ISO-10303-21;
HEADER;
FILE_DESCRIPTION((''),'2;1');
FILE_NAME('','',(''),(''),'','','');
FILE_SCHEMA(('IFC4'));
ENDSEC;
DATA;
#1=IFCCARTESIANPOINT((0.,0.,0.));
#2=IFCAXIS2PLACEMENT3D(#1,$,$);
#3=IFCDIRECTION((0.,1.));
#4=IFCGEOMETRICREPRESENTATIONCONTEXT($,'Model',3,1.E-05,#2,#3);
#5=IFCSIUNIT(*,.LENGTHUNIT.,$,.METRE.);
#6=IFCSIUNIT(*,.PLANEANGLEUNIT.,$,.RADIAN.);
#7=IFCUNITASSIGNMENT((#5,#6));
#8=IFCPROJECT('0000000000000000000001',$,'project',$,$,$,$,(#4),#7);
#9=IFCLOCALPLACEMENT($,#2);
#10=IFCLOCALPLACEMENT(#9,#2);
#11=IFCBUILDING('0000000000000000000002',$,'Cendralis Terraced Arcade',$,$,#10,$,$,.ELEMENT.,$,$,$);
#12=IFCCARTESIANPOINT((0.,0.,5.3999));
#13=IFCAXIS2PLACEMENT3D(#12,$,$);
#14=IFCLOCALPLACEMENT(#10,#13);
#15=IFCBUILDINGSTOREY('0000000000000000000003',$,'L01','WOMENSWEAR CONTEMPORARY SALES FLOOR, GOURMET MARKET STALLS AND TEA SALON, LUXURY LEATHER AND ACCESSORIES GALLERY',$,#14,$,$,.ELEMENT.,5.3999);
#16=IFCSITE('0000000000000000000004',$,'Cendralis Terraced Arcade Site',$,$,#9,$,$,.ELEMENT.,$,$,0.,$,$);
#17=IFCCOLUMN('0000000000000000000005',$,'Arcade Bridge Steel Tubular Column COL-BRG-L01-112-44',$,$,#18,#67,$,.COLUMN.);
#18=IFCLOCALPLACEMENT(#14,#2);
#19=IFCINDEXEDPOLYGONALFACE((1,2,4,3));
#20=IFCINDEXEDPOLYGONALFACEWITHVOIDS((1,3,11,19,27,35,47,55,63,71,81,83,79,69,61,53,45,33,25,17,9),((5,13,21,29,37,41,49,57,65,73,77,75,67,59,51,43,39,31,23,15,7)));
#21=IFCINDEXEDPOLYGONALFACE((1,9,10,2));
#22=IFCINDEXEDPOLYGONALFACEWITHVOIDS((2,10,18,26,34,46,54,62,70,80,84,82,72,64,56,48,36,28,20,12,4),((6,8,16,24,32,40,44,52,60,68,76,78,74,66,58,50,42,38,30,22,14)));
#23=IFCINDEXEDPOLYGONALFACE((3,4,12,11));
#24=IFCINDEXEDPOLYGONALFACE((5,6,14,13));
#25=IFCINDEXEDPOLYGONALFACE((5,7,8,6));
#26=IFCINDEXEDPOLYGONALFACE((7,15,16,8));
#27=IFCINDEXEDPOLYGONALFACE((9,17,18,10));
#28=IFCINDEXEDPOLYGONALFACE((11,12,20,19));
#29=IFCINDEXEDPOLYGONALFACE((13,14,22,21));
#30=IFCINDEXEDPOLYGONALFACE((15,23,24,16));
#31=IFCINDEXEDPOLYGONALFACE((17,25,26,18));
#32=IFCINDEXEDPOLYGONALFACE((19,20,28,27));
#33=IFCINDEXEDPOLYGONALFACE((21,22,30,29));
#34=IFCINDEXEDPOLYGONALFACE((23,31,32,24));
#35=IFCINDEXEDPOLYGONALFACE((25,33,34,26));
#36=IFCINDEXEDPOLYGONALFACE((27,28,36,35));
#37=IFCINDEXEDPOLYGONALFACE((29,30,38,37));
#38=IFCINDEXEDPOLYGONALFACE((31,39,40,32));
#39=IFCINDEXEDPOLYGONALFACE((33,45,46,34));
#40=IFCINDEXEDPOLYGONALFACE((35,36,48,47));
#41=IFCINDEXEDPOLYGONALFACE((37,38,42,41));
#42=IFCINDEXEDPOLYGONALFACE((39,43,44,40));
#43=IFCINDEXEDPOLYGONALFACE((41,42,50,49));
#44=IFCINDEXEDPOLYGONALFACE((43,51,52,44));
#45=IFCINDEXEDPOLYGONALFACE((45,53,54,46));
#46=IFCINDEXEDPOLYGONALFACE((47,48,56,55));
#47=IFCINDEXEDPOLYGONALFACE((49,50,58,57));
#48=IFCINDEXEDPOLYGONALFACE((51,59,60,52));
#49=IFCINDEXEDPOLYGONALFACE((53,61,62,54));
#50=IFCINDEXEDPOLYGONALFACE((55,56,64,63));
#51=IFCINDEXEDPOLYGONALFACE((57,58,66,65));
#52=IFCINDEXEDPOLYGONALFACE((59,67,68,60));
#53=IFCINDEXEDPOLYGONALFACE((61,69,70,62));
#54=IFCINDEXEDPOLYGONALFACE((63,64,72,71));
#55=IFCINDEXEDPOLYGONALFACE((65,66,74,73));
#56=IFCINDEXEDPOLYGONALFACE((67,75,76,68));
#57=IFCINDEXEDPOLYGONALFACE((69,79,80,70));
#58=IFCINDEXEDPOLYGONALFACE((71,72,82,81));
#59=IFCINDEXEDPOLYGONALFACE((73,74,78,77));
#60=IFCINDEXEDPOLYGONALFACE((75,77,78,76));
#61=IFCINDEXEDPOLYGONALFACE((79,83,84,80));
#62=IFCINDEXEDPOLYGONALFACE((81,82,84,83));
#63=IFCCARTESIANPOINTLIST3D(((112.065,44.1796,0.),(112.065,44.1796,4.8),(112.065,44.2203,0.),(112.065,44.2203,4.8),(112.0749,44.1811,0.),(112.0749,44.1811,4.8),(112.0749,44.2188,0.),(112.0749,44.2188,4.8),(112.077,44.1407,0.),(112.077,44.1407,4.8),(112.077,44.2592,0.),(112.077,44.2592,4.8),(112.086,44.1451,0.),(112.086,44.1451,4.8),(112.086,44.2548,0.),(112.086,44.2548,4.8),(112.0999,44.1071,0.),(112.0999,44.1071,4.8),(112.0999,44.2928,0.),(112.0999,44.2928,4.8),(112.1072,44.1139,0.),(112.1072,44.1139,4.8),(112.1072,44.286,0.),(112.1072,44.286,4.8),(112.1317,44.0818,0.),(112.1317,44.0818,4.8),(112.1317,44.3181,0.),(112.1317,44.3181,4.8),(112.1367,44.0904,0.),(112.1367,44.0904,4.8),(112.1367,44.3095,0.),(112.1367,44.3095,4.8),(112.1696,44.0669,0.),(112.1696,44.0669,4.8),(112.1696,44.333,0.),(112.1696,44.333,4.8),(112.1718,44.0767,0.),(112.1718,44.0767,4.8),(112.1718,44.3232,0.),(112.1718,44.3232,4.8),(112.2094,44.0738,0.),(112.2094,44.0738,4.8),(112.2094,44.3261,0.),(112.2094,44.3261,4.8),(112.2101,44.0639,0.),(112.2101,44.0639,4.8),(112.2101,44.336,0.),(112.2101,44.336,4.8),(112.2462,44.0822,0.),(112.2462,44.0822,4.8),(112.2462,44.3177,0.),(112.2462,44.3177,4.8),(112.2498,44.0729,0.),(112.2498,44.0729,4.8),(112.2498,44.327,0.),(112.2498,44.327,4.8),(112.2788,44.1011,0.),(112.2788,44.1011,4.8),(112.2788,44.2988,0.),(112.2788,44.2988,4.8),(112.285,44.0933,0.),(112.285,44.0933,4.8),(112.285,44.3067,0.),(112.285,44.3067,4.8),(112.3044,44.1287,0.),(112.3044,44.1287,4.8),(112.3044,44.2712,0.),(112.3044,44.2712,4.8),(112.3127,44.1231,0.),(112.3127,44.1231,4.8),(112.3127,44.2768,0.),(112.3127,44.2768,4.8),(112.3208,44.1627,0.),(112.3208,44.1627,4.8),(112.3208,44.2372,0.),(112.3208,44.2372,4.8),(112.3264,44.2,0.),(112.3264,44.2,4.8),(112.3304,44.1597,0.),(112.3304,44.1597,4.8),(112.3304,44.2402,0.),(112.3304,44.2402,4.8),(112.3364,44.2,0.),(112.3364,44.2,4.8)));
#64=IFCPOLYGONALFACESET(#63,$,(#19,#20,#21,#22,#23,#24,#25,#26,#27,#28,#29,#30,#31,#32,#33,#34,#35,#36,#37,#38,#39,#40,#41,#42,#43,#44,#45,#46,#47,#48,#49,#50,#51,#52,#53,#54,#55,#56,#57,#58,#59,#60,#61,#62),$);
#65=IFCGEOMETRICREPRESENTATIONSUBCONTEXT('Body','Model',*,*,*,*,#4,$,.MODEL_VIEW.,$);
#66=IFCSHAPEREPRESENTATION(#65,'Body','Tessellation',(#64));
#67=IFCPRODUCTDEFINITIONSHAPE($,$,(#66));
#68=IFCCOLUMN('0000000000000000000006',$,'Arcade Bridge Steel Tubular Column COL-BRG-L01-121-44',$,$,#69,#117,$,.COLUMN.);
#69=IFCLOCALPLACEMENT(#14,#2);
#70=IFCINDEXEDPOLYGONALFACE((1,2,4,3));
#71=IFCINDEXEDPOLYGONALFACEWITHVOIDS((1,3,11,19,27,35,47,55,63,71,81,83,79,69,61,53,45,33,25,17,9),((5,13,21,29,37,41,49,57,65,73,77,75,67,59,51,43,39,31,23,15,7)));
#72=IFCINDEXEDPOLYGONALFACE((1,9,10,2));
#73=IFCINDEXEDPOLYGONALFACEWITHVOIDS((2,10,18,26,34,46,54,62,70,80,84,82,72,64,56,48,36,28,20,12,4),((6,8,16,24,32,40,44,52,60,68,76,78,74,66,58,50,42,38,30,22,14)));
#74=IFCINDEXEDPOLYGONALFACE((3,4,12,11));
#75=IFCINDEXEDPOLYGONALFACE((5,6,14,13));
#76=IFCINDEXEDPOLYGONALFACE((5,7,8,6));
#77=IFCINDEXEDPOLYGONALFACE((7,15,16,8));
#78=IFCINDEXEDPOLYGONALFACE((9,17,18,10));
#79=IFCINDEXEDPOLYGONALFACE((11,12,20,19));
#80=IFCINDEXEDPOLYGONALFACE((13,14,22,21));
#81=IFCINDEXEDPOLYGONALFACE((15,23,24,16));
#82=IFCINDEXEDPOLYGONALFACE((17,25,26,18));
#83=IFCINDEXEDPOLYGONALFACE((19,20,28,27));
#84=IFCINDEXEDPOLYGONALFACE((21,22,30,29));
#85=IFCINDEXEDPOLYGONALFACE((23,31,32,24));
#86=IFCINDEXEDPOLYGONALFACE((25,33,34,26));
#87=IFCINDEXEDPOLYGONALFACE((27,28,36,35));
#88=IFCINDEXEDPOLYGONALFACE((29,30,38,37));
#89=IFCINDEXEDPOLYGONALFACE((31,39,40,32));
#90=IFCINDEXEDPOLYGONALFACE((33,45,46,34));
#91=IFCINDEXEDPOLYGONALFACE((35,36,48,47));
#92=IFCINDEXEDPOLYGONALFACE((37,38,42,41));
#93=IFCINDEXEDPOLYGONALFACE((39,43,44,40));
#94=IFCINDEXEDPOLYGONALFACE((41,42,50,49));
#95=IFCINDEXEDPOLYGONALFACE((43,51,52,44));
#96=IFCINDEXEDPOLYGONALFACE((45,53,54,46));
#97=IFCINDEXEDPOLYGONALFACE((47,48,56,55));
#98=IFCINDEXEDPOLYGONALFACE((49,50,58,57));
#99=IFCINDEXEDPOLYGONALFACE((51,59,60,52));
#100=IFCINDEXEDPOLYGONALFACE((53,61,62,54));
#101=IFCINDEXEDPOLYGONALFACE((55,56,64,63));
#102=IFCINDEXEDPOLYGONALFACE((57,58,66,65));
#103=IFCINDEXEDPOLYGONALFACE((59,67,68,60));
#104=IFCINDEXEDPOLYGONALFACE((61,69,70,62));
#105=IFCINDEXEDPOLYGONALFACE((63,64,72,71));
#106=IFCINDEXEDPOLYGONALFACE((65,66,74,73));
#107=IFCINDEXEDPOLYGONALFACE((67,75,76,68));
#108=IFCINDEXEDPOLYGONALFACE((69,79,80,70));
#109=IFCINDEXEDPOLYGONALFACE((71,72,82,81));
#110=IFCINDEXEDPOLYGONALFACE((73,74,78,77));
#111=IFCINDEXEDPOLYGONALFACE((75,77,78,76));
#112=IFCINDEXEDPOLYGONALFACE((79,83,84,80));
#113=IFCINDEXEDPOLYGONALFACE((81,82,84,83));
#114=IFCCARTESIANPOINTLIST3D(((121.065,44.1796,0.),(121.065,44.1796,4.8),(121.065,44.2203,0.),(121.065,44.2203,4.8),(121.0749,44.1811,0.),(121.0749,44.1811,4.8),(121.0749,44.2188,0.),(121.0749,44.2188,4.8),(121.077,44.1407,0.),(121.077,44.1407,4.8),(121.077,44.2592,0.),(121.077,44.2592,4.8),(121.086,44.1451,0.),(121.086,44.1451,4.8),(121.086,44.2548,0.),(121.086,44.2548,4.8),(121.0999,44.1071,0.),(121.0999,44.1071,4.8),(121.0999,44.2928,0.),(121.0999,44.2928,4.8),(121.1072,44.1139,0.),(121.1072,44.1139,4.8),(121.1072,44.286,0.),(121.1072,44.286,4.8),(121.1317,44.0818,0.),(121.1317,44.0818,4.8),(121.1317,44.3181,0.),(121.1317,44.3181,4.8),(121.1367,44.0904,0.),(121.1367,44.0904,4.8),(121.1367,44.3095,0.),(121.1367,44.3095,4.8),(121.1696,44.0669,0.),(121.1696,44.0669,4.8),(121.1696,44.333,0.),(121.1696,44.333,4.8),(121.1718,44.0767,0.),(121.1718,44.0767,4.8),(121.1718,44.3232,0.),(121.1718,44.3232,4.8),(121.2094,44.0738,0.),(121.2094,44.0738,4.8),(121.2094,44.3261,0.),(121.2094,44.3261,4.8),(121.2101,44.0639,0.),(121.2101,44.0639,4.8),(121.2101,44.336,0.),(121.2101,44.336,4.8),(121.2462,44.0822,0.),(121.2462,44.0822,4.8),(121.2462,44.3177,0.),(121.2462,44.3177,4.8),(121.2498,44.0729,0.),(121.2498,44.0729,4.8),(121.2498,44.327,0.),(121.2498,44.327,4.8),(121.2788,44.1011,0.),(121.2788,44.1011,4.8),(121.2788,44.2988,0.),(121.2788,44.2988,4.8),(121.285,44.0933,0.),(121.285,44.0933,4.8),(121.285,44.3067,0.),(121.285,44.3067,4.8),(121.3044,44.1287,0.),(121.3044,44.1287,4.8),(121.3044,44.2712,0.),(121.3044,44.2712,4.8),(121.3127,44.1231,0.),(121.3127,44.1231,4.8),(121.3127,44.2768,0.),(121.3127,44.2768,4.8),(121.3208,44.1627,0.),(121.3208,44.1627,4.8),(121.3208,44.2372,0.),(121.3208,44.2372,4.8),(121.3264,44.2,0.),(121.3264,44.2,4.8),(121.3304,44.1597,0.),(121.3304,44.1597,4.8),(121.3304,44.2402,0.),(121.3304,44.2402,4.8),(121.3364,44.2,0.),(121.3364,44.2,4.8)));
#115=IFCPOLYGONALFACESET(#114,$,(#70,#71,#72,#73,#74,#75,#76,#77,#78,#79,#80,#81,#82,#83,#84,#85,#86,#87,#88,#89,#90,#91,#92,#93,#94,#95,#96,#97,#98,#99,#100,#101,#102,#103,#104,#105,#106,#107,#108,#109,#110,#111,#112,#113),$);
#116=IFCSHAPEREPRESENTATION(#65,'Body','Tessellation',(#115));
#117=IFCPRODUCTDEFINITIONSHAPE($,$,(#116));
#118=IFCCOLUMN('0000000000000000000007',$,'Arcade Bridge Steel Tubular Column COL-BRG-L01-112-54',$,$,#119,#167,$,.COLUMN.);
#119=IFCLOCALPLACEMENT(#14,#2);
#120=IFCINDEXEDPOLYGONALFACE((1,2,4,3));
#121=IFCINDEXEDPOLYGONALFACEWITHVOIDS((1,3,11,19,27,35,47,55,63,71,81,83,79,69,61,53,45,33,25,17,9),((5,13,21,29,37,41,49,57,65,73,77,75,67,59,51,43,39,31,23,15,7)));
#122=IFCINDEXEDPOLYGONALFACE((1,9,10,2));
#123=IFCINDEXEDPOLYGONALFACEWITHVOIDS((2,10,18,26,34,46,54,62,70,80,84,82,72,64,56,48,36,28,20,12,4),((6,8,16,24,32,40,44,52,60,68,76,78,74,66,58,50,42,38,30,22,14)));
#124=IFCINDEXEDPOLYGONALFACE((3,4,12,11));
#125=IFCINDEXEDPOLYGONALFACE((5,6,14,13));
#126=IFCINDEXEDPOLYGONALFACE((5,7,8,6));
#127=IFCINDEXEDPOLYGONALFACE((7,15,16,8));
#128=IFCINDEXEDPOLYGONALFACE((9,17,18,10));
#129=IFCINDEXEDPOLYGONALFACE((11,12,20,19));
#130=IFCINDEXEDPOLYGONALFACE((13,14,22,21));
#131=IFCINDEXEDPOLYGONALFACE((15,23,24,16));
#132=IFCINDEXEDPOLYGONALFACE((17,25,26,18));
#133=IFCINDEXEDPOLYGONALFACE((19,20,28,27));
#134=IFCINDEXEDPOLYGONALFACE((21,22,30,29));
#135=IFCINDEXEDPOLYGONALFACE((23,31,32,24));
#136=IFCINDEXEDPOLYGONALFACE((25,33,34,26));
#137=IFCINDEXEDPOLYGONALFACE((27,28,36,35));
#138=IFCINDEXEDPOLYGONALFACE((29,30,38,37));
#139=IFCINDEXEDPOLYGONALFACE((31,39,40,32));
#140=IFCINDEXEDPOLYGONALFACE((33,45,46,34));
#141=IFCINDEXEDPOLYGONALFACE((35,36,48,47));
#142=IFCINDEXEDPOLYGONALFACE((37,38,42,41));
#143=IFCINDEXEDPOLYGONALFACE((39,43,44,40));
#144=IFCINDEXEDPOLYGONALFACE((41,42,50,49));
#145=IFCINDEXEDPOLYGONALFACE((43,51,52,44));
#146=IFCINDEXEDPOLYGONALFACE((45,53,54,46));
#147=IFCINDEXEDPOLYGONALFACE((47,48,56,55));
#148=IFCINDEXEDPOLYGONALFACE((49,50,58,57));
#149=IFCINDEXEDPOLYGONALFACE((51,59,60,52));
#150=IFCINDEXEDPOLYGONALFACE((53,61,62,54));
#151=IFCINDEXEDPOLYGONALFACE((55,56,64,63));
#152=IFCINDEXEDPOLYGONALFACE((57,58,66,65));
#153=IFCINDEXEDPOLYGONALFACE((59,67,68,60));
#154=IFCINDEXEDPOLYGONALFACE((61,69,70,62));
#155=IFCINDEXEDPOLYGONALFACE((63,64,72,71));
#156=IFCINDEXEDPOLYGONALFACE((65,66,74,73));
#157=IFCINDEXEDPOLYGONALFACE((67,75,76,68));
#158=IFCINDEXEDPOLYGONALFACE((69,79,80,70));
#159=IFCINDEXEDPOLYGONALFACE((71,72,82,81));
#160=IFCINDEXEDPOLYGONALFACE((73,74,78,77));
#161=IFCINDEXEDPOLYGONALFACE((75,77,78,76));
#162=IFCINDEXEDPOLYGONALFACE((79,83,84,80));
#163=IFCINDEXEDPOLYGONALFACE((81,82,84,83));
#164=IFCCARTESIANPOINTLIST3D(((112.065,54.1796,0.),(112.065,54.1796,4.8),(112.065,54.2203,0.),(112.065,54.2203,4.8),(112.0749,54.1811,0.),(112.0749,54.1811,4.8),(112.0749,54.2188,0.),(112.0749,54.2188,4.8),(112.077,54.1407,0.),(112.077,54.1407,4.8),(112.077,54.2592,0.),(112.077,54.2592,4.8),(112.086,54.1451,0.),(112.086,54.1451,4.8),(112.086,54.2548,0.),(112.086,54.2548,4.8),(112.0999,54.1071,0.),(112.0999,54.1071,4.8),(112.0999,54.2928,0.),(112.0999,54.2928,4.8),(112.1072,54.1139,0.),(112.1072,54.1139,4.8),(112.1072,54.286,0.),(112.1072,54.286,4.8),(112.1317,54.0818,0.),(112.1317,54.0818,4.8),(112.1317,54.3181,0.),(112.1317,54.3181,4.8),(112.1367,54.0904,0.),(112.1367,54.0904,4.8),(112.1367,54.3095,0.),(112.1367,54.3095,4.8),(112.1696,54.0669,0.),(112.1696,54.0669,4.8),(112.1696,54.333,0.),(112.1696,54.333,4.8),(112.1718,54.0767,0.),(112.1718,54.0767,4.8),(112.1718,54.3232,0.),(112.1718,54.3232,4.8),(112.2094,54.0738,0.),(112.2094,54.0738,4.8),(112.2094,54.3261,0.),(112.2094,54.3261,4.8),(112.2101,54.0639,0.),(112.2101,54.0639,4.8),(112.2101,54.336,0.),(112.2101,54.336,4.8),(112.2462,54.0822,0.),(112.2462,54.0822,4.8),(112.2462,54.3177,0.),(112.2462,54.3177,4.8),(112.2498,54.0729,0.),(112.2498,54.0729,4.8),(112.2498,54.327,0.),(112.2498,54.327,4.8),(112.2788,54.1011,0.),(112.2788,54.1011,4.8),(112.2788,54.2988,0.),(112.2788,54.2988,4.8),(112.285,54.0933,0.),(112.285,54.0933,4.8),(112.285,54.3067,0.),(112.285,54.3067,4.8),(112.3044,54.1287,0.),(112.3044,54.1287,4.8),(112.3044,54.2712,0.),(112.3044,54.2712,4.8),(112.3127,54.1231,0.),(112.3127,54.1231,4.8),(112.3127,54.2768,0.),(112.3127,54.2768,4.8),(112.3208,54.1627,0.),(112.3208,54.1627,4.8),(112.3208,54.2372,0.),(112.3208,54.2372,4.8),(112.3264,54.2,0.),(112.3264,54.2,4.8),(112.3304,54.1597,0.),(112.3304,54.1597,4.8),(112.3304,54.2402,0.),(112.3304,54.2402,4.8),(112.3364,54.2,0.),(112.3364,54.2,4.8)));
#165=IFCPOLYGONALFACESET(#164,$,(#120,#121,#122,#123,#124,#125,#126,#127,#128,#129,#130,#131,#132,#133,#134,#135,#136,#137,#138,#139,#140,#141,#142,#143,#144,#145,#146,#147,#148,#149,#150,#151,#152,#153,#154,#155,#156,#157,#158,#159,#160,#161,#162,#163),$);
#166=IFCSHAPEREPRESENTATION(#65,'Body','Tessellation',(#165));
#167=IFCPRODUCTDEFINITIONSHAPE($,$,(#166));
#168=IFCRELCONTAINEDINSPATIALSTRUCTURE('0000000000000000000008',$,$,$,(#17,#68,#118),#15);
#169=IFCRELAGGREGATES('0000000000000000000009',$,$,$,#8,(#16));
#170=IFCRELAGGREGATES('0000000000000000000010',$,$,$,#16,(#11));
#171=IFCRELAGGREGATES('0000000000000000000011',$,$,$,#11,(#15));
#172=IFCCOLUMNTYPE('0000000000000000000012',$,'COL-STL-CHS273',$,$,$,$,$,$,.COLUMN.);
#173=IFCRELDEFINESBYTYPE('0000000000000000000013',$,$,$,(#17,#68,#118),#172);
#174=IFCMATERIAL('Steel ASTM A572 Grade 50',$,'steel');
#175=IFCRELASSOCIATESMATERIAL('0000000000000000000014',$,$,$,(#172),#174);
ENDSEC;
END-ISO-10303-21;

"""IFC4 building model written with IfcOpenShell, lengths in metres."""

from ifc_helpers import new_model, si_unit, direction, frame, origin, origin_2d, place, context, subcontext, project, spatial, hollow_circle, extrude, material, material_profile, profile_set, type_object, element, save


model = new_model("IFC4")

# Units and contexts
model_context = context("Model", 3, precision=1e-05, world=origin(), true_north=direction((0.0, 1.0)))
body_context = subcontext(model_context, "Body", "Model", "MODEL_VIEW")
ifc_project = project(units=[si_unit("LENGTHUNIT", "METRE"), si_unit("PLANEANGLEUNIT", "RADIAN")], contexts=[model_context])

# Site, building, storey
site_placement = place(None, origin())
site = spatial("IfcSite", under=ifc_project, at=site_placement, Name="Cendralis Terraced Arcade Site", CompositionType="ELEMENT", RefElevation=0.0)
building_placement = place(site_placement, origin())
building = spatial("IfcBuilding", under=site, at=building_placement, Name="Cendralis Terraced Arcade", CompositionType="ELEMENT")
storey_placement = place(building_placement, frame((0.0, 0.0, 5.3999)))
storey = spatial("IfcBuildingStorey", under=building, at=storey_placement, Name="L01", Description="WOMENSWEAR CONTEMPORARY SALES FLOOR, GOURMET MARKET STALLS AND TEA SALON, LUXURY LEATHER AND ACCESSORIES GALLERY", CompositionType="ELEMENT", Elevation=5.3999)

# Columns
ifc_material_1 = material(Name="Steel ASTM A572 Grade 50", Category="steel")
ifc_material_profile_1 = material_profile(ifc_material_1, hollow_circle(Radius=0.1365, WallThickness=0.01, at=origin_2d()), Name="CHS273X10", Category="LoadBearing")
ifc_profile_set_1 = profile_set([ifc_material_profile_1], Name="Steel ASTM A572 Grade 50")
column_type_1 = type_object("IfcColumnType", Name="COL-STL-CHS273", PredefinedType="COLUMN", material=ifc_profile_set_1)
for number, where, z_axis, x_axis, name in (
    (1, (112.2, 44.2, 0.0), (0.0, 0.0, 1.0), (1.0, 0.0, 0.0), "Arcade Bridge Steel Tubular Column COL-BRG-L01-112-44"),
    (2, (121.2, 44.2, 0.0), (0.0, 0.0, 1.0), (1.0, 0.0, 0.0), "Arcade Bridge Steel Tubular Column COL-BRG-L01-121-44"),
    (3, (112.2, 54.2, 0.0), (0.0, 0.0, 1.0), (1.0, 0.0, 0.0), "Arcade Bridge Steel Tubular Column COL-BRG-L01-112-54"),
):
    element("IfcColumn", number, at=place(storey_placement, frame(where, z_axis=z_axis, x_axis=x_axis)), inside=storey, type_object=column_type_1, Name=name, PredefinedType="COLUMN", context=body_context, shape_type="SweptSolid", body=[
        extrude(hollow_circle(Radius=0.1365, WallThickness=0.01, at=origin_2d()), origin(), (0.0, 0.0, 1.0), 4.8),
    ])

save(model, "model.ifc")
